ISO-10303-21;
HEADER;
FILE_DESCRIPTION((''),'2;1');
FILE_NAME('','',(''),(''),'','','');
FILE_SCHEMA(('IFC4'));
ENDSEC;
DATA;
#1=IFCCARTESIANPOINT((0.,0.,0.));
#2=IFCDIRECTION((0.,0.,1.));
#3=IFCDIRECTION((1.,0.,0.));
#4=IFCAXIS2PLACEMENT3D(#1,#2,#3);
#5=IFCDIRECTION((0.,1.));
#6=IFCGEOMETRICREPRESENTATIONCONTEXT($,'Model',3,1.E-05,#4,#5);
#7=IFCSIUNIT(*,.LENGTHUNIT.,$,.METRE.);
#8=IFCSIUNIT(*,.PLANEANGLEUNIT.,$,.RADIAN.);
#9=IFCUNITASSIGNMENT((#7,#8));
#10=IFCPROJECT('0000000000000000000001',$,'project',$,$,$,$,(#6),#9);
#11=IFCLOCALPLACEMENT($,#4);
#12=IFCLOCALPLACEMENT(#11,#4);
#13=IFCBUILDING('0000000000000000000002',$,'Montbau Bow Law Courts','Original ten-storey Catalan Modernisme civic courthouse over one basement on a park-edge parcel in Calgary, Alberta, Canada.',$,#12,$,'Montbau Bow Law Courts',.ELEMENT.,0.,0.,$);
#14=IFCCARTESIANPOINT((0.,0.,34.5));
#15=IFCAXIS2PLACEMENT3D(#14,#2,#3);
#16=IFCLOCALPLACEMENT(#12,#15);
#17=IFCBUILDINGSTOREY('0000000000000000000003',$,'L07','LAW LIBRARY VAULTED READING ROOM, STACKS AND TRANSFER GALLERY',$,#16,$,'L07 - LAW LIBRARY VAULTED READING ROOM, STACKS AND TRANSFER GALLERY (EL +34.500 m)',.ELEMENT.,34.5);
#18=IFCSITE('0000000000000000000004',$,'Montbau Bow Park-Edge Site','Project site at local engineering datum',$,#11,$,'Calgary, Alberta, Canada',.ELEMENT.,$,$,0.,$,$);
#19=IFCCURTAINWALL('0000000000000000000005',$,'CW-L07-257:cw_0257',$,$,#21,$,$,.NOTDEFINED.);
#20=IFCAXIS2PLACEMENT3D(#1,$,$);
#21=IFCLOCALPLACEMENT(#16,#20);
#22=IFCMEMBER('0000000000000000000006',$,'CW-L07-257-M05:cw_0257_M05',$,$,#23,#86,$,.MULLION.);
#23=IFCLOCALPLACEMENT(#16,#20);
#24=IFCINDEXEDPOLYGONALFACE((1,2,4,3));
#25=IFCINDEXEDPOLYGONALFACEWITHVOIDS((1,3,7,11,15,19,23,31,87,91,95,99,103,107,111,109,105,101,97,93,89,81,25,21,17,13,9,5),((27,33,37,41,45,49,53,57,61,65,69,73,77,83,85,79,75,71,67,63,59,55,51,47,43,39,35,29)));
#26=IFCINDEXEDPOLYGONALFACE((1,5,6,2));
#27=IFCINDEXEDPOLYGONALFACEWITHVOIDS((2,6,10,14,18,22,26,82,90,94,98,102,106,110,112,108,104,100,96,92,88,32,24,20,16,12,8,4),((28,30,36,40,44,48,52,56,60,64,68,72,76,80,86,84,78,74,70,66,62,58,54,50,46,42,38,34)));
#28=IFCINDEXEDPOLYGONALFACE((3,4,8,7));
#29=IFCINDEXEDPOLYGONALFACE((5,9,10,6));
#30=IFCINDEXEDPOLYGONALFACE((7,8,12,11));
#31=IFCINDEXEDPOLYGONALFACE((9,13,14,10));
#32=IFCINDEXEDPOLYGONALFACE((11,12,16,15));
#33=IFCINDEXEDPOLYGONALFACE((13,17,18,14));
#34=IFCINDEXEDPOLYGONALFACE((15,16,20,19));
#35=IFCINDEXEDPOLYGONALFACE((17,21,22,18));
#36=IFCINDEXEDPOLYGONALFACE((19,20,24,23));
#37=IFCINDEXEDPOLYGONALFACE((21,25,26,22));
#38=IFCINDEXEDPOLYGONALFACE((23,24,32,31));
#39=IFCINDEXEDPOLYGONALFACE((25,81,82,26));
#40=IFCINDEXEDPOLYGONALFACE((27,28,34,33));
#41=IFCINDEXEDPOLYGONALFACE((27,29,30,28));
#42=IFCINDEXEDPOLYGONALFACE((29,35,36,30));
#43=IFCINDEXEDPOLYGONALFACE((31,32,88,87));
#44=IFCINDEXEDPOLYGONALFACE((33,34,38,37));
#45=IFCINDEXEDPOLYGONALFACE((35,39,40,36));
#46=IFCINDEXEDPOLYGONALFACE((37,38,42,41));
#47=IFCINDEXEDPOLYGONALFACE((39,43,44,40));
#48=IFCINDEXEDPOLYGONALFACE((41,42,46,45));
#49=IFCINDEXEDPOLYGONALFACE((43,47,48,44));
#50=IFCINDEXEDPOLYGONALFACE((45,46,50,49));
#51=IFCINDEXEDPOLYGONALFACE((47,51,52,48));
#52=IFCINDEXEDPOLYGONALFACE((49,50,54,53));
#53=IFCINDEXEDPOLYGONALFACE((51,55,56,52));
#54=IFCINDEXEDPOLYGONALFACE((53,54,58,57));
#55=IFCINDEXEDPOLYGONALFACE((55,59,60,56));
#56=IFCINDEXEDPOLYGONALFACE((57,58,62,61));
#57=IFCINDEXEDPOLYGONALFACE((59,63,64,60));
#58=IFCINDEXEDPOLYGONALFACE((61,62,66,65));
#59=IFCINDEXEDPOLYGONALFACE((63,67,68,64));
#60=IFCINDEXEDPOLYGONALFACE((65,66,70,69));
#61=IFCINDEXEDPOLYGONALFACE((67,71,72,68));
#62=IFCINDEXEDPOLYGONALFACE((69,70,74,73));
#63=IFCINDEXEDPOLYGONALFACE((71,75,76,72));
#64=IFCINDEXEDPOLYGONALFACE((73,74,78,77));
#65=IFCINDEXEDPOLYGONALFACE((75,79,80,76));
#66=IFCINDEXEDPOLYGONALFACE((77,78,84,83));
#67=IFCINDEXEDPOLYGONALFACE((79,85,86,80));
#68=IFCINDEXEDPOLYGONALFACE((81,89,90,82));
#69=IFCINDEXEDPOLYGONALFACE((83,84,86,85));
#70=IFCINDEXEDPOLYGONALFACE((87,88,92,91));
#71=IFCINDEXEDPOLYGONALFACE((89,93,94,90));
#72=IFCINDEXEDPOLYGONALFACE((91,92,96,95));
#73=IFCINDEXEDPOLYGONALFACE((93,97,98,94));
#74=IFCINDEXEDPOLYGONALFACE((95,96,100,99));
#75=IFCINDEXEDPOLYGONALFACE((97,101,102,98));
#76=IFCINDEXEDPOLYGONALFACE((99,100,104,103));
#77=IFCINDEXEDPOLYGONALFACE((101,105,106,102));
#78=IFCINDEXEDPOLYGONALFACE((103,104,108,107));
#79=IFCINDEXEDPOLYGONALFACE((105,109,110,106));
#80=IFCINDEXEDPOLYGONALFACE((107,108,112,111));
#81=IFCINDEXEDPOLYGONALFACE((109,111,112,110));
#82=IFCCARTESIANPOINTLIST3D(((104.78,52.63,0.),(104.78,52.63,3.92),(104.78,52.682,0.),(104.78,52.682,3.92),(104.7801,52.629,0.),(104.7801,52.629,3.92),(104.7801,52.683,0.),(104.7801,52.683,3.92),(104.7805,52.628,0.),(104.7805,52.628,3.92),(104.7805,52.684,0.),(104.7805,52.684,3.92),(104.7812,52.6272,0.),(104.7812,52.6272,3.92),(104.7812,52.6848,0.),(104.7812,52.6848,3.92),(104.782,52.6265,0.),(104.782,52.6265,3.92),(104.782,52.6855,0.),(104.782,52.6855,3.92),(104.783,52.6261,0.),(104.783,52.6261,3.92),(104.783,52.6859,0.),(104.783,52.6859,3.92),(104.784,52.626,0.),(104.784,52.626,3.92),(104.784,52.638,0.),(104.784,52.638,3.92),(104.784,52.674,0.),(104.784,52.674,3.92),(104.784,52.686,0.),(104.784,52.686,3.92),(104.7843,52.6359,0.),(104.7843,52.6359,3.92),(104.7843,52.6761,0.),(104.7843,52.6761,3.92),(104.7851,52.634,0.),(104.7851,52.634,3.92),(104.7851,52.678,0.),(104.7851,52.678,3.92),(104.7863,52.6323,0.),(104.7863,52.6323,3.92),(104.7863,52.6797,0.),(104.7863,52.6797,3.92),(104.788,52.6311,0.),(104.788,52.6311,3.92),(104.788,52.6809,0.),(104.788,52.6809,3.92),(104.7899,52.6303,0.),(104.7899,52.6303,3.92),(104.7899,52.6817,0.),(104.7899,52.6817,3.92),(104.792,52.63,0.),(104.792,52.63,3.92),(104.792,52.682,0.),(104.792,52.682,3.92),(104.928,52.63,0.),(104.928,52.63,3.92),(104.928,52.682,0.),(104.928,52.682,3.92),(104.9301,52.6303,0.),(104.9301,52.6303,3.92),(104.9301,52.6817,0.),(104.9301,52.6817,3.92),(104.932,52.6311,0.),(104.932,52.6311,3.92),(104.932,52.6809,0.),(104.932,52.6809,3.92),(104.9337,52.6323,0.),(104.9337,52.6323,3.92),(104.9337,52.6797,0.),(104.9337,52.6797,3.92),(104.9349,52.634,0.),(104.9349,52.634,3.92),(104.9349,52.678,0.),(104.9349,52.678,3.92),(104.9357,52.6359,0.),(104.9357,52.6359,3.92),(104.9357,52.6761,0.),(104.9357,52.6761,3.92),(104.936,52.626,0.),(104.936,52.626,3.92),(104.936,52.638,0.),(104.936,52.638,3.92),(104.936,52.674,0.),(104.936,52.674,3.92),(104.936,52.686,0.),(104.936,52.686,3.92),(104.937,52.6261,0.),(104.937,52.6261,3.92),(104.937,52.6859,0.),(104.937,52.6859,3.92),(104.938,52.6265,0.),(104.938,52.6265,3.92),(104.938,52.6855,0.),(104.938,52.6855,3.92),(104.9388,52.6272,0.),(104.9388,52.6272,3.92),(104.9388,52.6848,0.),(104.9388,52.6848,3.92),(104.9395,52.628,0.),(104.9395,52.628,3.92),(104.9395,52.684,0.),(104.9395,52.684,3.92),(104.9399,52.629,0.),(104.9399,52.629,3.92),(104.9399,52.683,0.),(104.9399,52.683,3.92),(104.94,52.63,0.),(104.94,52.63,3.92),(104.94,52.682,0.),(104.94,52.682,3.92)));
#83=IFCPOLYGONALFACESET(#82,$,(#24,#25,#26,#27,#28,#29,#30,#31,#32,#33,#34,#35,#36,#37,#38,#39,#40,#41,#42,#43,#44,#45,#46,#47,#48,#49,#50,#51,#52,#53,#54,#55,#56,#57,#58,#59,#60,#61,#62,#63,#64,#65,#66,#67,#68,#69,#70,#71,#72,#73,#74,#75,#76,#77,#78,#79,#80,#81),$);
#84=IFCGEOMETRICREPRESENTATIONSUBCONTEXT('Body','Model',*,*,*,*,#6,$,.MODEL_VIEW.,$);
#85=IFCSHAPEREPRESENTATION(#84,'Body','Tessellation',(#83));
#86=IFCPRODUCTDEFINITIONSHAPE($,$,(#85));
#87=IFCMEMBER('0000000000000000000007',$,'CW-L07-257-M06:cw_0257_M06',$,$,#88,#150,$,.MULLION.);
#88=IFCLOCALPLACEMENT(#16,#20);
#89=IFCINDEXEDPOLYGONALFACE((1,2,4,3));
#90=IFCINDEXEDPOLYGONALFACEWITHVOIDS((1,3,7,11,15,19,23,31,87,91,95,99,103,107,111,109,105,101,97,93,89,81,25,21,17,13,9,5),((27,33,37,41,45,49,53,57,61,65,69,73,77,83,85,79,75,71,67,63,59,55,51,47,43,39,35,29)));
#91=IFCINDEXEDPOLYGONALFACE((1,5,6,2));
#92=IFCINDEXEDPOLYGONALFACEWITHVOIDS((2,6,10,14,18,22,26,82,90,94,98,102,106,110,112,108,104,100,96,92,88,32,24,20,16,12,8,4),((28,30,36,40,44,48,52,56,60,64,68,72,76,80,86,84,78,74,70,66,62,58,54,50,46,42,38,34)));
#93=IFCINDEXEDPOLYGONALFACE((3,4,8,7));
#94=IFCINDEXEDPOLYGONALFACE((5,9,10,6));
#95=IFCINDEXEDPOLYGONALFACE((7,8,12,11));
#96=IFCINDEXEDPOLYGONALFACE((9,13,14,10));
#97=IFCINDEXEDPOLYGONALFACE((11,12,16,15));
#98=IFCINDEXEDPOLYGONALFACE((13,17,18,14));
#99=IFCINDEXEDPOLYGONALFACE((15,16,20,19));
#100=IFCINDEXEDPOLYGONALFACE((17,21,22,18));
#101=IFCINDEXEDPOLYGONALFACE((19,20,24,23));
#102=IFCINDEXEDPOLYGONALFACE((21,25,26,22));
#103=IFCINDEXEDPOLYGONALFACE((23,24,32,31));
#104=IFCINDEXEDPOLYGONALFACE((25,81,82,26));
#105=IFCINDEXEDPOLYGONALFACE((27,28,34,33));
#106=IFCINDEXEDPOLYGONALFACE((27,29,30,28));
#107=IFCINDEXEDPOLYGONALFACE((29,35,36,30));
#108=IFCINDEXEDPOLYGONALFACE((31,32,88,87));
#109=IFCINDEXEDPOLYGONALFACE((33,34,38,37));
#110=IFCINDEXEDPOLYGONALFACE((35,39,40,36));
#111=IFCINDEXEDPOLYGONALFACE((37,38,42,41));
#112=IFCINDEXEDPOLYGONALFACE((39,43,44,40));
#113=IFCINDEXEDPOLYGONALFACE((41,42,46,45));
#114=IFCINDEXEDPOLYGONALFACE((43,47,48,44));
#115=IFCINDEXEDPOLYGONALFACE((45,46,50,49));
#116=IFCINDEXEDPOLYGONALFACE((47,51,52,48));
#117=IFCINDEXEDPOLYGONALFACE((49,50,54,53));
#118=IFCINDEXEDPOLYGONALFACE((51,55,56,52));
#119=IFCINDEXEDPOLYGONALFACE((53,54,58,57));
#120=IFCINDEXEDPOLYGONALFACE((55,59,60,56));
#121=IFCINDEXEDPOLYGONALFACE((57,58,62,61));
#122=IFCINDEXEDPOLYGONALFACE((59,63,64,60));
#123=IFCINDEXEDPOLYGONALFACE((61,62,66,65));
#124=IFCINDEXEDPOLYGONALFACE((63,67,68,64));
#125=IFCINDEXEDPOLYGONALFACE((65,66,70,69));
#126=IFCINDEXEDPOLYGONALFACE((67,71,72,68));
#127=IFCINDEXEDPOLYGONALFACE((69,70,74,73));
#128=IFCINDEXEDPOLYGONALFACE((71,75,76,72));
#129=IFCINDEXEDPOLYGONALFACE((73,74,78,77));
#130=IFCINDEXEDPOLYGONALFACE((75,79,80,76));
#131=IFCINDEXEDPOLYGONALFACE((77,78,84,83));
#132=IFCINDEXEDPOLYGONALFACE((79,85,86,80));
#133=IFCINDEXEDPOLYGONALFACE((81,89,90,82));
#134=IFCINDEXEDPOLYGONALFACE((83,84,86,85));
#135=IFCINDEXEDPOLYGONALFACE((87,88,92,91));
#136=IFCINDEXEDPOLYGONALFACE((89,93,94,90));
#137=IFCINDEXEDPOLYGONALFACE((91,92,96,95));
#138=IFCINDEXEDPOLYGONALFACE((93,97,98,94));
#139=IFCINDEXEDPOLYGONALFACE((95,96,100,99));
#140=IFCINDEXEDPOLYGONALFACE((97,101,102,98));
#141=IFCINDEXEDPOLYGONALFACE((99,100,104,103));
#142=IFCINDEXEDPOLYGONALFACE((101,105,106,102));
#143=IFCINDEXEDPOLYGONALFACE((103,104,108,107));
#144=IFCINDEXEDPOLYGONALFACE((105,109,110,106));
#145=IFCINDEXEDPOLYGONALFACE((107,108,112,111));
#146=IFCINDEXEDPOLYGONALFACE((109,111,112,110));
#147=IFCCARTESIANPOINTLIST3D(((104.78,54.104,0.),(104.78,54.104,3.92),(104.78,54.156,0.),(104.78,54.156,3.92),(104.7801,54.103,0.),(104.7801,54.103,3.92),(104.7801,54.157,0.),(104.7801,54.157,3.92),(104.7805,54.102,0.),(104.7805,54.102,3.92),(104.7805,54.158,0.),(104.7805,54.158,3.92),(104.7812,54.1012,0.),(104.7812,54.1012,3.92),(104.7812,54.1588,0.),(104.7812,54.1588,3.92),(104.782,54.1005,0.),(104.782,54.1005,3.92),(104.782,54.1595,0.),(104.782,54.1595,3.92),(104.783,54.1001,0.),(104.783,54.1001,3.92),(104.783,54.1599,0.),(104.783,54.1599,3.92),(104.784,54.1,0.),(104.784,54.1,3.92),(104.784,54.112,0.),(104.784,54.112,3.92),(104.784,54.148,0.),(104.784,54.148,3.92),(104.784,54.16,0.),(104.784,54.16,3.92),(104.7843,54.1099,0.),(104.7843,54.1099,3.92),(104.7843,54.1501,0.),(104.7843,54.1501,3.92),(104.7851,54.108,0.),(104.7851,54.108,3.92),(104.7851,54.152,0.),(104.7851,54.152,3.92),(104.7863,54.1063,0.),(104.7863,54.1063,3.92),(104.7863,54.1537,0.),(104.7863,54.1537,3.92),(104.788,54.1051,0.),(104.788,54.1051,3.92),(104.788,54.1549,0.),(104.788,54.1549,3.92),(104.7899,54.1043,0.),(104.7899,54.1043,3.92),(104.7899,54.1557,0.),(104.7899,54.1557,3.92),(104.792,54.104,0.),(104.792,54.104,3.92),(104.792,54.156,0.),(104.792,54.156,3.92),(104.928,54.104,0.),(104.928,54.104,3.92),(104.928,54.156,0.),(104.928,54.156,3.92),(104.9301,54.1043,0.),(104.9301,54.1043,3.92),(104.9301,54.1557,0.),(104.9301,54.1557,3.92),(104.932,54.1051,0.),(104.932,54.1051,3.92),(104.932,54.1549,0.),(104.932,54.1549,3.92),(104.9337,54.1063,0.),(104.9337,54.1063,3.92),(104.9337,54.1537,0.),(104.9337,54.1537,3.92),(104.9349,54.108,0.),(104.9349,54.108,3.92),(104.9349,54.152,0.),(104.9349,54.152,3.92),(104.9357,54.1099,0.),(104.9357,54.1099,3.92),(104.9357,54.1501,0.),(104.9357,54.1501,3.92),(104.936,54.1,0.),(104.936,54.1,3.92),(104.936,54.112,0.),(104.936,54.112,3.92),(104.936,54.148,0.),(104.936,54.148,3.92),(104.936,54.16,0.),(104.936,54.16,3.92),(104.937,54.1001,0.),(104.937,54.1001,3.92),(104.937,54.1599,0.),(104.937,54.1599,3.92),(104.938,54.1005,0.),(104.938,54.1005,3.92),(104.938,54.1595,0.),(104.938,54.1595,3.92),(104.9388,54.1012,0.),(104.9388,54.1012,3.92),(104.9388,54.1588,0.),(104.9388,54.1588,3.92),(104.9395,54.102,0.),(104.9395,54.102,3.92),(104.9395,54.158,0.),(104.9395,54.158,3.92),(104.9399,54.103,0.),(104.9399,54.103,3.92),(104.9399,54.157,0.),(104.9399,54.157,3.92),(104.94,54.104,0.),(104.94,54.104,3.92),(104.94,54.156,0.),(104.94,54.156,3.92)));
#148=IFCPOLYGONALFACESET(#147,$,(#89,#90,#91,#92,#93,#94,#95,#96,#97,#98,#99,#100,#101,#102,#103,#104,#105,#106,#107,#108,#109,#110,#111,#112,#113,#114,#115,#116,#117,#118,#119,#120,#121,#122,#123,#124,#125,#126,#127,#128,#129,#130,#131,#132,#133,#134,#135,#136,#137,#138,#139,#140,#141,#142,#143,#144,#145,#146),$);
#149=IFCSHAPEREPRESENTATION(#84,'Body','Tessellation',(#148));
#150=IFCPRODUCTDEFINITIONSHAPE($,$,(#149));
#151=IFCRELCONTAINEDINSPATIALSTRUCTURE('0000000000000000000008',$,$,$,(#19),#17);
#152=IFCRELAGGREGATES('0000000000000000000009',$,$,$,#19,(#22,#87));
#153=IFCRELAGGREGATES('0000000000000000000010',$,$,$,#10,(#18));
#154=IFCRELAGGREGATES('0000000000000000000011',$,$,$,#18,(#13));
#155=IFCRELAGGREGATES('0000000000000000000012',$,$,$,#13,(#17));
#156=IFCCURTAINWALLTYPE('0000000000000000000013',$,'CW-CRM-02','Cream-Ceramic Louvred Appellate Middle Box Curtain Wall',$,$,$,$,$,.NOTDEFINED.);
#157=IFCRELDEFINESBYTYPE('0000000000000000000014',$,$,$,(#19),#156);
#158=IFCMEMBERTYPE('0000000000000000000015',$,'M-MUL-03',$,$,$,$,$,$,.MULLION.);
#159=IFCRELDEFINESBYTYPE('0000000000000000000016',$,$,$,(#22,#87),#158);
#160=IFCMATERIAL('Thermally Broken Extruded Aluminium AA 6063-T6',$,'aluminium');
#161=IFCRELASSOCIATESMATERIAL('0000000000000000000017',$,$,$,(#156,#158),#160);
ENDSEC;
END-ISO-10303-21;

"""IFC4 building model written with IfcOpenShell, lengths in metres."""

from ifc_helpers import new_model, si_unit, direction, frame, origin_with_axes, origin_2d_with_axis, place, context, subcontext, project, spatial, hollow_rectangle, extrude, material, material_profile, profile_set, type_object, element, aggregate, save


model = new_model("IFC4")

# Units and contexts
model_context = context("Model", 3, precision=1e-05, world=origin_with_axes(), true_north=direction((0.0, 1.0)))
body_context = subcontext(model_context, "Body", "Model", "MODEL_VIEW")
ifc_project = project(units=[si_unit("LENGTHUNIT", "METRE"), si_unit("PLANEANGLEUNIT", "RADIAN")], contexts=[model_context])

# Site, building, storey
site_placement = place(None, origin_with_axes())
site = spatial("IfcSite", under=ifc_project, at=site_placement, Name="Montbau Bow Park-Edge Site", Description="Project site at local engineering datum", LongName="Calgary, Alberta, Canada", CompositionType="ELEMENT", RefElevation=0.0)
building_placement = place(site_placement, origin_with_axes())
building = spatial("IfcBuilding", under=site, at=building_placement, Name="Montbau Bow Law Courts", Description="Original ten-storey Catalan Modernisme civic courthouse over one basement on a park-edge parcel in Calgary, Alberta, Canada.", LongName="Montbau Bow Law Courts", CompositionType="ELEMENT", ElevationOfRefHeight=0.0, ElevationOfTerrain=0.0)
storey_placement = place(building_placement, frame((0.0, 0.0, 34.5), z_axis=(0.0, 0.0, 1.0), x_axis=(1.0, 0.0, 0.0)))
storey = spatial("IfcBuildingStorey", under=building, at=storey_placement, Name="L07", Description="LAW LIBRARY VAULTED READING ROOM, STACKS AND TRANSFER GALLERY", LongName="L07 - LAW LIBRARY VAULTED READING ROOM, STACKS AND TRANSFER GALLERY (EL +34.500 m)", CompositionType="ELEMENT", Elevation=34.5)

# Curtain wall, members
ifc_material_1 = material(Name="Thermally Broken Extruded Aluminium AA 6063-T6", Category="aluminium")
curtain_wall_type = type_object("IfcCurtainWallType", Name="CW-CRM-02", Description="Cream-Ceramic Louvred Appellate Middle Box Curtain Wall", PredefinedType="NOTDEFINED", material=ifc_material_1)
curtain_wall_1_placement = place(None, frame((104.86, 46.64, 34.5), z_axis=(0.0, 0.0, 1.0), x_axis=(1.0, 0.0, 0.0)))
curtain_wall_1 = element("IfcCurtainWall", 1, at=curtain_wall_1_placement, inside=storey, type_object=curtain_wall_type, Name="CW-L07-257:cw_0257", PredefinedType="NOTDEFINED")
ifc_material_profile_1 = material_profile(ifc_material_1, hollow_rectangle(XDim=0.06, YDim=0.16, WallThickness=0.004, InnerFilletRadius=0.008, OuterFilletRadius=0.004, at=origin_2d_with_axis()), Name="CWM-160X60", Category="Main", Priority=0)
ifc_profile_set_1 = profile_set([ifc_material_profile_1], Name="Thermally Broken Extruded Aluminium AA 6063-T6")
member_type_1 = type_object("IfcMemberType", Name="M-MUL-03", PredefinedType="MULLION", material=ifc_profile_set_1)
member_1_placement = place(None, frame((104.86, 52.656, 34.5), z_axis=(0.0, 0.0, 1.0), x_axis=(0.0, 1.0, 0.0)))
member_1 = element("IfcMember", 2, at=member_1_placement, type_object=member_type_1, Name="CW-L07-257-M05:cw_0257_M05", PredefinedType="MULLION", context=body_context, shape_type="SweptSolid", body=[
    extrude(hollow_rectangle(XDim=0.06, YDim=0.16, WallThickness=0.004, InnerFilletRadius=0.008, OuterFilletRadius=0.004, at=origin_2d_with_axis()), origin_with_axes(), (0.0, 0.0, 1.0), 3.92),
])
member_2_placement = place(None, frame((104.86, 54.13, 34.5), z_axis=(0.0, 0.0, 1.0), x_axis=(0.0, 1.0, 0.0)))
member_2 = element("IfcMember", 3, at=member_2_placement, type_object=member_type_1, Name="CW-L07-257-M06:cw_0257_M06", PredefinedType="MULLION", context=body_context, shape_type="SweptSolid", body=[
    extrude(hollow_rectangle(XDim=0.06, YDim=0.16, WallThickness=0.004, InnerFilletRadius=0.008, OuterFilletRadius=0.004, at=origin_2d_with_axis()), origin_with_axes(), (0.0, 0.0, 1.0), 3.92),
])

aggregate(curtain_wall_1, [member_1, member_2])

save(model, "model.ifc")
